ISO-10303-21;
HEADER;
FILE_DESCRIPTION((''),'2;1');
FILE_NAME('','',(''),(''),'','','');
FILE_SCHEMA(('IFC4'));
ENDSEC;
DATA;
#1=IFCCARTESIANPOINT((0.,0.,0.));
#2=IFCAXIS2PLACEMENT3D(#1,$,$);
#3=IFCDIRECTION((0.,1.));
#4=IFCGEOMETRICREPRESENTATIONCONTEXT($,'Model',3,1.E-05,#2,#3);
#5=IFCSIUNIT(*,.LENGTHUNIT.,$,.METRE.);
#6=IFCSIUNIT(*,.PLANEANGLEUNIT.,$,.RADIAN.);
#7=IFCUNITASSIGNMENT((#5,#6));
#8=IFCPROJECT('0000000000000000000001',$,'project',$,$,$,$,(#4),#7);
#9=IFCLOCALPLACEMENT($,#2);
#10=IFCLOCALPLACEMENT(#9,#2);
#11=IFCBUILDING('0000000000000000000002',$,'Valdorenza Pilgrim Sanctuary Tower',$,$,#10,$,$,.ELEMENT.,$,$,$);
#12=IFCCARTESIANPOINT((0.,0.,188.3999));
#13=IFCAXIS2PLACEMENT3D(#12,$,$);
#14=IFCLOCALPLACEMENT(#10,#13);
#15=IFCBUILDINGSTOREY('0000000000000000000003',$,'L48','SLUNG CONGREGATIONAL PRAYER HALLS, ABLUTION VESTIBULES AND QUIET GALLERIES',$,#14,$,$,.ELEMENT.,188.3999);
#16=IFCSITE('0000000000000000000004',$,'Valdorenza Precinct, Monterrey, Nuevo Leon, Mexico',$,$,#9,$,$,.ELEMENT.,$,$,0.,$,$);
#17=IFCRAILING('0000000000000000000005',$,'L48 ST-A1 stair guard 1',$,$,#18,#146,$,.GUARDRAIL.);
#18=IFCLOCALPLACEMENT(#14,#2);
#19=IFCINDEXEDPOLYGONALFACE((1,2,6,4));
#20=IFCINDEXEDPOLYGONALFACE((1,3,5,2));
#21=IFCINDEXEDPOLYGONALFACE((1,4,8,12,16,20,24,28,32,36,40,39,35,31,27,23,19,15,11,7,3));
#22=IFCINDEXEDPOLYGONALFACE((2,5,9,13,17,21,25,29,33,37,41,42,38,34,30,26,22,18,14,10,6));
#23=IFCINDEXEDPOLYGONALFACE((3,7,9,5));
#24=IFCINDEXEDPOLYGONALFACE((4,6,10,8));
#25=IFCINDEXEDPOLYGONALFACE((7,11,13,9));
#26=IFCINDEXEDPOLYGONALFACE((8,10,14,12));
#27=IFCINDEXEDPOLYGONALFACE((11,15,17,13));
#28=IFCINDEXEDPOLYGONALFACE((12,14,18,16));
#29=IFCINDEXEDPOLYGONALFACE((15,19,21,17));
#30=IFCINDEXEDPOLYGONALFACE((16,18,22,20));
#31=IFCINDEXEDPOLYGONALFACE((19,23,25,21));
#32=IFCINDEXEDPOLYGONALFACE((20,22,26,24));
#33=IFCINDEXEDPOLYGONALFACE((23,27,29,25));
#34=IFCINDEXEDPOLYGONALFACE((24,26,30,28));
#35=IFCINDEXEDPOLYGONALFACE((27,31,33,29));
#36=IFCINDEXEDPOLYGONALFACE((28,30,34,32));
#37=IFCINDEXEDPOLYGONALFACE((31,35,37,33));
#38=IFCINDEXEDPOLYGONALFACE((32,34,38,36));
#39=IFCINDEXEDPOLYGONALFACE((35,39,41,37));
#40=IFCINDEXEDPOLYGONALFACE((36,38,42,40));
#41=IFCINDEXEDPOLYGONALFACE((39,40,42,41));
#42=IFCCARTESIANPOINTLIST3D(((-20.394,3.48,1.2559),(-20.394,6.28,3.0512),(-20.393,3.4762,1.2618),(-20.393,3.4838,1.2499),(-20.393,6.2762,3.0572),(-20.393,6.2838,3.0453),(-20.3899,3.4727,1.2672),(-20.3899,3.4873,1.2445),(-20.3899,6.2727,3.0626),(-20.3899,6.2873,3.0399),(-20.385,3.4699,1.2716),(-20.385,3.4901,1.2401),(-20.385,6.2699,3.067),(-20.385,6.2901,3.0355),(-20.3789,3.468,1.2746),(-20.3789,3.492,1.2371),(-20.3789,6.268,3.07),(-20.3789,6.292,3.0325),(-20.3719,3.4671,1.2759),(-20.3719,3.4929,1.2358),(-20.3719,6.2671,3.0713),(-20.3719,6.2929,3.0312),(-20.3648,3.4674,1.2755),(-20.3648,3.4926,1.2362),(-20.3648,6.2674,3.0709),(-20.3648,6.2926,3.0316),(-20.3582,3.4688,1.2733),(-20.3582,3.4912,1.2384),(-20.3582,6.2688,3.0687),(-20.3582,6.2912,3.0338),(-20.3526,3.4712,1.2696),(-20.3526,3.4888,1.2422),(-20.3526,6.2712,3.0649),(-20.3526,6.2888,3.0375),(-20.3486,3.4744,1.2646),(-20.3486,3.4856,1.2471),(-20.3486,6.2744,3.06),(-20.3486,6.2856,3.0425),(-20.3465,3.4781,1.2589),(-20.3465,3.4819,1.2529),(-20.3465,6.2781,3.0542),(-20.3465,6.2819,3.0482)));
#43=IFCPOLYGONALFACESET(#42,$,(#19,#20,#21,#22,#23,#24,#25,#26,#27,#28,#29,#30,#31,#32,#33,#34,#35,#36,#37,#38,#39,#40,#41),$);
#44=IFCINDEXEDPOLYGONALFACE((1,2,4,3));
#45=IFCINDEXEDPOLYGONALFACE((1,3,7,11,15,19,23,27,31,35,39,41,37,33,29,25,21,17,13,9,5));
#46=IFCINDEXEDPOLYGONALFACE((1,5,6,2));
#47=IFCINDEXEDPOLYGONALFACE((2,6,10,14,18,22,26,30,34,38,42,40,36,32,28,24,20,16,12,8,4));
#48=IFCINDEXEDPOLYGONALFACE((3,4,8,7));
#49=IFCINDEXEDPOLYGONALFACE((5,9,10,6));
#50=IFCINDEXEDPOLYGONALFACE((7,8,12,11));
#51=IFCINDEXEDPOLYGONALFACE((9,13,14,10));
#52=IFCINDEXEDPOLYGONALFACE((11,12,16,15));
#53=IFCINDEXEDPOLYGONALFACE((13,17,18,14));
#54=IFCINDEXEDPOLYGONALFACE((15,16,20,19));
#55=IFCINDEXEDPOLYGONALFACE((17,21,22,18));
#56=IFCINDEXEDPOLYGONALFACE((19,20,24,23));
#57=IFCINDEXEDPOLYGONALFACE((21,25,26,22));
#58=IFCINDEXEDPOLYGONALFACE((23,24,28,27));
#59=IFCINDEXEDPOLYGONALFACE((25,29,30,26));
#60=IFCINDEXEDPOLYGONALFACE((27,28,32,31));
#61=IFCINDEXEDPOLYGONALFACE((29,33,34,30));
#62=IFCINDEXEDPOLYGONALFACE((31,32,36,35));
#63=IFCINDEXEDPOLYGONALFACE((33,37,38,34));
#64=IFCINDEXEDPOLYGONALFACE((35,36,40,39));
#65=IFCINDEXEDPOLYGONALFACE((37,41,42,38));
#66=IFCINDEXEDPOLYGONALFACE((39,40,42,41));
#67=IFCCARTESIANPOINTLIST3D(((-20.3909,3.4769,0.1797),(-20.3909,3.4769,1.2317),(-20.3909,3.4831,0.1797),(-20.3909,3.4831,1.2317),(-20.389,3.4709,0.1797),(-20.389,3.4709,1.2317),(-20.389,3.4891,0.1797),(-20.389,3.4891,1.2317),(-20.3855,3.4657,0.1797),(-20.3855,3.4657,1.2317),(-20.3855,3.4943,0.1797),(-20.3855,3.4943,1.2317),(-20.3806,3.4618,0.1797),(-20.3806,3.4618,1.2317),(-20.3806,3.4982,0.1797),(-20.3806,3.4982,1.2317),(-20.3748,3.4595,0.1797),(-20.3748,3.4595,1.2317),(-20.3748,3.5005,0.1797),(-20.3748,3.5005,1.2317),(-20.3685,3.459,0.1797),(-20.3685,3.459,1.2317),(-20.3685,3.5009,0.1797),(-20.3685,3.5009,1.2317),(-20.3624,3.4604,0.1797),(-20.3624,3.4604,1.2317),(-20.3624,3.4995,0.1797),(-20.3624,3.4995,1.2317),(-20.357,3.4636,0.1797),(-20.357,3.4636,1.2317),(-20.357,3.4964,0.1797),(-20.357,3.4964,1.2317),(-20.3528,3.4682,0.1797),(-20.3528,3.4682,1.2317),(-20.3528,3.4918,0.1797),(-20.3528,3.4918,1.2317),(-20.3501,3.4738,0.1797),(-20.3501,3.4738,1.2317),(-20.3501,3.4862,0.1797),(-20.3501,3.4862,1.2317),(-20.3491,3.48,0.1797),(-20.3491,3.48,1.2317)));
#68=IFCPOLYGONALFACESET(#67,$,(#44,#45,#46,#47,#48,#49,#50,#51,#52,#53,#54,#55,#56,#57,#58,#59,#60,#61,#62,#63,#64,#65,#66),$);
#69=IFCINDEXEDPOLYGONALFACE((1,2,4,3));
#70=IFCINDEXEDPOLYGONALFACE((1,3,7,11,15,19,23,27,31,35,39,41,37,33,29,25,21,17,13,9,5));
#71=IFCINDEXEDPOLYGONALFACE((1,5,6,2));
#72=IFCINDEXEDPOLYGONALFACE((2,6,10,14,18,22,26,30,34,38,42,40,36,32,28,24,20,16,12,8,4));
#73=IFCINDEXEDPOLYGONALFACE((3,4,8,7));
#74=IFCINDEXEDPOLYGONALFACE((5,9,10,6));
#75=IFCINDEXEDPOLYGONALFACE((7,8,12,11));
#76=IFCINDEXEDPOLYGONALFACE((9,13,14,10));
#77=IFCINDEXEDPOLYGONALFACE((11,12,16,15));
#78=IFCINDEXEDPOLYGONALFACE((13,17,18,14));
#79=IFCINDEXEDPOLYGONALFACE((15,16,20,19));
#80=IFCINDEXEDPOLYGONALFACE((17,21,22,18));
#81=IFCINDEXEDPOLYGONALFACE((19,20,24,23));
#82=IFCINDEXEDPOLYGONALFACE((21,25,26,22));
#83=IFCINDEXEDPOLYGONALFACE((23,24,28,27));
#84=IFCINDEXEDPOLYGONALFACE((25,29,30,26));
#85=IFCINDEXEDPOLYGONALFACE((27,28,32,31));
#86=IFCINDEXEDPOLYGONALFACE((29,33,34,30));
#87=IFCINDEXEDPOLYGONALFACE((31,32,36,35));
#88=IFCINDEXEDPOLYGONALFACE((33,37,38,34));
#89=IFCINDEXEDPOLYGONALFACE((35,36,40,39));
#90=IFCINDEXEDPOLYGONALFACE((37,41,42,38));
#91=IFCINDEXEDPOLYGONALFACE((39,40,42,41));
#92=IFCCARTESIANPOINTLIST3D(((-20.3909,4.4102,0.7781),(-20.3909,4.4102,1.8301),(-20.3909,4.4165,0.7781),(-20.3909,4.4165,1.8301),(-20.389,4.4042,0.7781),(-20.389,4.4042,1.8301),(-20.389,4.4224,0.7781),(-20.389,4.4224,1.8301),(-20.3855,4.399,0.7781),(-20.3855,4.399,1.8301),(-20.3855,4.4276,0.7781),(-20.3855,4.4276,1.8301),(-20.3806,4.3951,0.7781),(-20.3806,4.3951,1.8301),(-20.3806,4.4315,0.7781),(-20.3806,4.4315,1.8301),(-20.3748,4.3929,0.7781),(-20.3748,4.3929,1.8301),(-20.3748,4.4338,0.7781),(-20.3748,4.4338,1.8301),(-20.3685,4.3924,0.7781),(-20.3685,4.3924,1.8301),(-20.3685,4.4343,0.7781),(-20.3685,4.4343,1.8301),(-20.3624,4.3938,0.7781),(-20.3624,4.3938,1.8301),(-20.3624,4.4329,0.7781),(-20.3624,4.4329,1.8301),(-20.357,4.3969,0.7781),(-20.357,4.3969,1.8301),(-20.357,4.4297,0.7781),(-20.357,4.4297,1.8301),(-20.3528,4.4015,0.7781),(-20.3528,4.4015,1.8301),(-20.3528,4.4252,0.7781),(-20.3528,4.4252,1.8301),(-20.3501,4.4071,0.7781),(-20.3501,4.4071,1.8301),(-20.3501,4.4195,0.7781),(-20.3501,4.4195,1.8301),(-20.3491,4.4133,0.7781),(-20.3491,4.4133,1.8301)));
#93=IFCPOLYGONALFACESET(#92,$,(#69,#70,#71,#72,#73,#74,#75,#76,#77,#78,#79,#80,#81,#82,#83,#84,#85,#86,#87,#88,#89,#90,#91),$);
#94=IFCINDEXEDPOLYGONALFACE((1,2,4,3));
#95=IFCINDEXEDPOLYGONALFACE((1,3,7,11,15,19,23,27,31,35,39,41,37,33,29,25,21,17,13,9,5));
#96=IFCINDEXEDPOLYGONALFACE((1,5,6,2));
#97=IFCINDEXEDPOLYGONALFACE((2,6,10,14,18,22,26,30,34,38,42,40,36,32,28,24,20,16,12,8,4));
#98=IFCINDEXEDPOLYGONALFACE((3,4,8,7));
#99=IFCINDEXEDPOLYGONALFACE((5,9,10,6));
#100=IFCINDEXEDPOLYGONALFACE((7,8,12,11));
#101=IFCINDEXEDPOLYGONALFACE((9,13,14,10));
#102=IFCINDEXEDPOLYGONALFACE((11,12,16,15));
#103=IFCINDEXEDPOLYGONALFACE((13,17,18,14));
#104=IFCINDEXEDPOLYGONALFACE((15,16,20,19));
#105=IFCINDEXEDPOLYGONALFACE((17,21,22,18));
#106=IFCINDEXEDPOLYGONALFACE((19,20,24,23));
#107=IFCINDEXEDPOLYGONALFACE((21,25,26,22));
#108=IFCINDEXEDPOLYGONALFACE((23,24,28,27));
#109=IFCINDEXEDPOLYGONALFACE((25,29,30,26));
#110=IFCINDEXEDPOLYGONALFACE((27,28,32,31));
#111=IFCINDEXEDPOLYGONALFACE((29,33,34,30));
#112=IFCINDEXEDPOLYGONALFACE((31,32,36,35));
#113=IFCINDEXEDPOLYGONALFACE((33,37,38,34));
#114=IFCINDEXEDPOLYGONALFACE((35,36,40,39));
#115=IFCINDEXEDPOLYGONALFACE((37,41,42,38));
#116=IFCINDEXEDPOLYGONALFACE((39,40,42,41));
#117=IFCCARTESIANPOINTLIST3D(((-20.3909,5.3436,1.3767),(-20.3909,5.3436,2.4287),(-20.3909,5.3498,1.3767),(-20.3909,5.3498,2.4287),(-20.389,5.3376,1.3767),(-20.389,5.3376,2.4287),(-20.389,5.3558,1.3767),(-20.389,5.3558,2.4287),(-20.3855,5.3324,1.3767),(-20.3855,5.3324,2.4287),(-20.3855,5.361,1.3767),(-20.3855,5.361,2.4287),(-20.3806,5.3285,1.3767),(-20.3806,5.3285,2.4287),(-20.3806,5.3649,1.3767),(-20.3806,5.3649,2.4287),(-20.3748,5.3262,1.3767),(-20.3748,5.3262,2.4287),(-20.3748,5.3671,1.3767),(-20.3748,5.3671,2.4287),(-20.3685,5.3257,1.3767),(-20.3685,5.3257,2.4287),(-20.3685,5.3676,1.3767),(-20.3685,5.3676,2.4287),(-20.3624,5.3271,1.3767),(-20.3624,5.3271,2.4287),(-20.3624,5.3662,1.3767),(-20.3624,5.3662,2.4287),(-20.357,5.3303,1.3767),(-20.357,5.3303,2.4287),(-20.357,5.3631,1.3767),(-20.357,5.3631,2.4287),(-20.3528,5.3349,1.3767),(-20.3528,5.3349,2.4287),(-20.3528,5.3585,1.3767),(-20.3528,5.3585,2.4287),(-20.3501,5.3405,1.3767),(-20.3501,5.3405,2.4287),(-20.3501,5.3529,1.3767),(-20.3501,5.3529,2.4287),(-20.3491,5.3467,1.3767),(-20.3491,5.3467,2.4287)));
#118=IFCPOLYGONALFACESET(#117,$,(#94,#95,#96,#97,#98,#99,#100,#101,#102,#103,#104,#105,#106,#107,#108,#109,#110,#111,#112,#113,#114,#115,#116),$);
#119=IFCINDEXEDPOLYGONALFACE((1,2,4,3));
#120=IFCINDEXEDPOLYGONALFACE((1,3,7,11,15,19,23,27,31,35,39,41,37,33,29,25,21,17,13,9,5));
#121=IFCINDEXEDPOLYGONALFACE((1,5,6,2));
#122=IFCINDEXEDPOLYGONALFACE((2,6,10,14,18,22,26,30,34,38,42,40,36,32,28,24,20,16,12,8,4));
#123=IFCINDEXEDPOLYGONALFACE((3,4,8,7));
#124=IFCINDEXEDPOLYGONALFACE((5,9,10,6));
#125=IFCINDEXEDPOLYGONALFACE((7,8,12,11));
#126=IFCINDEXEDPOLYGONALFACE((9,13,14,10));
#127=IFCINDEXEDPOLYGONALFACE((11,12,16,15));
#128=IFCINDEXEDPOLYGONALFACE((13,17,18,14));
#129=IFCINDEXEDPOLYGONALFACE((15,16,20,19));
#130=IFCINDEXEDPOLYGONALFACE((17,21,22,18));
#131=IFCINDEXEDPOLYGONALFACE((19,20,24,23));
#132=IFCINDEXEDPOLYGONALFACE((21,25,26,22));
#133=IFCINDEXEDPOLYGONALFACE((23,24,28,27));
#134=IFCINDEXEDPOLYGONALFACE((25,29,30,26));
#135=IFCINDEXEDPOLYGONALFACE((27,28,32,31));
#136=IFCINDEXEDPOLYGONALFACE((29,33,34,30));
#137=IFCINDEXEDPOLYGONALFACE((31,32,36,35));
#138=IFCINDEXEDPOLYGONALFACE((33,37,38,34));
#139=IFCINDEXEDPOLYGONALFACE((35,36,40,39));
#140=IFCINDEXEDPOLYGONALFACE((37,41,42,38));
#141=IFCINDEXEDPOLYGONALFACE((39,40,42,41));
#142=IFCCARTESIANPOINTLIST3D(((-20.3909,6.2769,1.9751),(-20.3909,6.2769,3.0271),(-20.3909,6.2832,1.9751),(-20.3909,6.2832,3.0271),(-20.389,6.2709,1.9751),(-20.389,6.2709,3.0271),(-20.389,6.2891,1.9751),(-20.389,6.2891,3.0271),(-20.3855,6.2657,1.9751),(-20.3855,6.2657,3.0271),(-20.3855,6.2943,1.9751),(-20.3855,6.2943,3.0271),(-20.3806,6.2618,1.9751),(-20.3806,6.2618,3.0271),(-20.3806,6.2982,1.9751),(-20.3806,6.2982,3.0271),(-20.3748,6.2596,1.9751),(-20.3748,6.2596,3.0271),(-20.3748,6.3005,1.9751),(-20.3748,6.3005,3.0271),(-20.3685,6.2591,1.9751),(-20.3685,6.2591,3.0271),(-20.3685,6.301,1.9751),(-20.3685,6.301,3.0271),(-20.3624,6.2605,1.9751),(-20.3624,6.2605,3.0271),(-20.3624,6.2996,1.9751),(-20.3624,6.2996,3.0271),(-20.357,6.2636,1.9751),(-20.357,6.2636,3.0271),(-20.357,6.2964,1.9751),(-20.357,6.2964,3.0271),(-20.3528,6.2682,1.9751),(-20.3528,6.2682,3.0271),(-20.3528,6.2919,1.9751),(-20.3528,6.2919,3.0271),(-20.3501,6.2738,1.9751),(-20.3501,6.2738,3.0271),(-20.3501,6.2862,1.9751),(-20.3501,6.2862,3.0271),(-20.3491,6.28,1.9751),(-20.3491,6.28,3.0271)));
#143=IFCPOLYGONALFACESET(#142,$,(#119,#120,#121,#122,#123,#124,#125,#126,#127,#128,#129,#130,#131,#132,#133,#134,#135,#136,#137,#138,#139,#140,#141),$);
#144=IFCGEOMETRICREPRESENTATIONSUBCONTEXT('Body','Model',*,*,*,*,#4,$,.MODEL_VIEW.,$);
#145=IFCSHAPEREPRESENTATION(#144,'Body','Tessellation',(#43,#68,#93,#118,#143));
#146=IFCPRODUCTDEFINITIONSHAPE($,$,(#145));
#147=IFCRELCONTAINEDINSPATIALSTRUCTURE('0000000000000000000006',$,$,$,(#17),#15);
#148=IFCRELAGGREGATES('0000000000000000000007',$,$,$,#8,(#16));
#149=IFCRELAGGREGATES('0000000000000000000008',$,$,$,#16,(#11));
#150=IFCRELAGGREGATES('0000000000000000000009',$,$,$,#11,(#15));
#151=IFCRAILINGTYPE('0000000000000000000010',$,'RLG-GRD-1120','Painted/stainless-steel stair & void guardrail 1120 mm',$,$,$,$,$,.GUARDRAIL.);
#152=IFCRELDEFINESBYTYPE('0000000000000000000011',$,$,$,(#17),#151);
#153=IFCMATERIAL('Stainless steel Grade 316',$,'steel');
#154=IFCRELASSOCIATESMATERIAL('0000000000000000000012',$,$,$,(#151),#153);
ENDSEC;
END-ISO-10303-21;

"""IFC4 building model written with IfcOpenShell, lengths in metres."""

from ifc_helpers import new_model, si_unit, direction, frame, origin, origin_2d, place, context, subcontext, project, spatial, circle, extrude, material, type_object, element, save


model = new_model("IFC4")

# Units and contexts
model_context = context("Model", 3, precision=1e-05, world=origin(), true_north=direction((0.0, 1.0)))
body_context = subcontext(model_context, "Body", "Model", "MODEL_VIEW")
ifc_project = project(units=[si_unit("LENGTHUNIT", "METRE"), si_unit("PLANEANGLEUNIT", "RADIAN")], contexts=[model_context])

# Site, building, storey
site_placement = place(None, origin())
site = spatial("IfcSite", under=ifc_project, at=site_placement, Name="Valdorenza Precinct, Monterrey, Nuevo Leon, Mexico", CompositionType="ELEMENT", RefElevation=0.0)
building_placement = place(site_placement, origin())
building = spatial("IfcBuilding", under=site, at=building_placement, Name="Valdorenza Pilgrim Sanctuary Tower", CompositionType="ELEMENT")
storey_placement = place(building_placement, frame((0.0, 0.0, 188.3999)))
storey = spatial("IfcBuildingStorey", under=building, at=storey_placement, Name="L48", Description="SLUNG CONGREGATIONAL PRAYER HALLS, ABLUTION VESTIBULES AND QUIET GALLERIES", CompositionType="ELEMENT", Elevation=188.3999)

# Railing
ifc_material_1 = material(Name="Stainless steel Grade 316", Category="steel")
railing_type_1 = type_object("IfcRailingType", Name="RLG-GRD-1120", Description="Painted/stainless-steel stair & void guardrail 1120 mm", PredefinedType="GUARDRAIL", material=ifc_material_1)
railing_1_placement = place(storey_placement, frame((-20.3701, 3.48, 0.1797)))
element("IfcRailing", 1, at=railing_1_placement, inside=storey, type_object=railing_type_1, Name="L48 ST-A1 stair guard 1", PredefinedType="GUARDRAIL", context=body_context, shape_type="SweptSolid", body=[
    extrude(circle(Radius=0.0239, at=origin_2d()), frame((0.0, 0.0, 1.0762), z_axis=(0.0, 0.84181, 0.539774), x_axis=(-1.0, 0.0, 0.0)), (0.0, 0.0, 1.0), 3.3262),
    extrude(circle(Radius=0.021, at=origin_2d()), origin(), (0.0, 0.0, 1.0), 1.052),
    extrude(circle(Radius=0.021, at=origin_2d()), frame((0.0, 0.9333, 0.5984)), (0.0, 0.0, 1.0), 1.052),
    extrude(circle(Radius=0.021, at=origin_2d()), frame((0.0, 1.8667, 1.197)), (0.0, 0.0, 1.0), 1.052),
    extrude(circle(Radius=0.021, at=origin_2d()), frame((0.0, 2.8, 1.7954)), (0.0, 0.0, 1.0), 1.052),
])

save(model, "model.ifc")
